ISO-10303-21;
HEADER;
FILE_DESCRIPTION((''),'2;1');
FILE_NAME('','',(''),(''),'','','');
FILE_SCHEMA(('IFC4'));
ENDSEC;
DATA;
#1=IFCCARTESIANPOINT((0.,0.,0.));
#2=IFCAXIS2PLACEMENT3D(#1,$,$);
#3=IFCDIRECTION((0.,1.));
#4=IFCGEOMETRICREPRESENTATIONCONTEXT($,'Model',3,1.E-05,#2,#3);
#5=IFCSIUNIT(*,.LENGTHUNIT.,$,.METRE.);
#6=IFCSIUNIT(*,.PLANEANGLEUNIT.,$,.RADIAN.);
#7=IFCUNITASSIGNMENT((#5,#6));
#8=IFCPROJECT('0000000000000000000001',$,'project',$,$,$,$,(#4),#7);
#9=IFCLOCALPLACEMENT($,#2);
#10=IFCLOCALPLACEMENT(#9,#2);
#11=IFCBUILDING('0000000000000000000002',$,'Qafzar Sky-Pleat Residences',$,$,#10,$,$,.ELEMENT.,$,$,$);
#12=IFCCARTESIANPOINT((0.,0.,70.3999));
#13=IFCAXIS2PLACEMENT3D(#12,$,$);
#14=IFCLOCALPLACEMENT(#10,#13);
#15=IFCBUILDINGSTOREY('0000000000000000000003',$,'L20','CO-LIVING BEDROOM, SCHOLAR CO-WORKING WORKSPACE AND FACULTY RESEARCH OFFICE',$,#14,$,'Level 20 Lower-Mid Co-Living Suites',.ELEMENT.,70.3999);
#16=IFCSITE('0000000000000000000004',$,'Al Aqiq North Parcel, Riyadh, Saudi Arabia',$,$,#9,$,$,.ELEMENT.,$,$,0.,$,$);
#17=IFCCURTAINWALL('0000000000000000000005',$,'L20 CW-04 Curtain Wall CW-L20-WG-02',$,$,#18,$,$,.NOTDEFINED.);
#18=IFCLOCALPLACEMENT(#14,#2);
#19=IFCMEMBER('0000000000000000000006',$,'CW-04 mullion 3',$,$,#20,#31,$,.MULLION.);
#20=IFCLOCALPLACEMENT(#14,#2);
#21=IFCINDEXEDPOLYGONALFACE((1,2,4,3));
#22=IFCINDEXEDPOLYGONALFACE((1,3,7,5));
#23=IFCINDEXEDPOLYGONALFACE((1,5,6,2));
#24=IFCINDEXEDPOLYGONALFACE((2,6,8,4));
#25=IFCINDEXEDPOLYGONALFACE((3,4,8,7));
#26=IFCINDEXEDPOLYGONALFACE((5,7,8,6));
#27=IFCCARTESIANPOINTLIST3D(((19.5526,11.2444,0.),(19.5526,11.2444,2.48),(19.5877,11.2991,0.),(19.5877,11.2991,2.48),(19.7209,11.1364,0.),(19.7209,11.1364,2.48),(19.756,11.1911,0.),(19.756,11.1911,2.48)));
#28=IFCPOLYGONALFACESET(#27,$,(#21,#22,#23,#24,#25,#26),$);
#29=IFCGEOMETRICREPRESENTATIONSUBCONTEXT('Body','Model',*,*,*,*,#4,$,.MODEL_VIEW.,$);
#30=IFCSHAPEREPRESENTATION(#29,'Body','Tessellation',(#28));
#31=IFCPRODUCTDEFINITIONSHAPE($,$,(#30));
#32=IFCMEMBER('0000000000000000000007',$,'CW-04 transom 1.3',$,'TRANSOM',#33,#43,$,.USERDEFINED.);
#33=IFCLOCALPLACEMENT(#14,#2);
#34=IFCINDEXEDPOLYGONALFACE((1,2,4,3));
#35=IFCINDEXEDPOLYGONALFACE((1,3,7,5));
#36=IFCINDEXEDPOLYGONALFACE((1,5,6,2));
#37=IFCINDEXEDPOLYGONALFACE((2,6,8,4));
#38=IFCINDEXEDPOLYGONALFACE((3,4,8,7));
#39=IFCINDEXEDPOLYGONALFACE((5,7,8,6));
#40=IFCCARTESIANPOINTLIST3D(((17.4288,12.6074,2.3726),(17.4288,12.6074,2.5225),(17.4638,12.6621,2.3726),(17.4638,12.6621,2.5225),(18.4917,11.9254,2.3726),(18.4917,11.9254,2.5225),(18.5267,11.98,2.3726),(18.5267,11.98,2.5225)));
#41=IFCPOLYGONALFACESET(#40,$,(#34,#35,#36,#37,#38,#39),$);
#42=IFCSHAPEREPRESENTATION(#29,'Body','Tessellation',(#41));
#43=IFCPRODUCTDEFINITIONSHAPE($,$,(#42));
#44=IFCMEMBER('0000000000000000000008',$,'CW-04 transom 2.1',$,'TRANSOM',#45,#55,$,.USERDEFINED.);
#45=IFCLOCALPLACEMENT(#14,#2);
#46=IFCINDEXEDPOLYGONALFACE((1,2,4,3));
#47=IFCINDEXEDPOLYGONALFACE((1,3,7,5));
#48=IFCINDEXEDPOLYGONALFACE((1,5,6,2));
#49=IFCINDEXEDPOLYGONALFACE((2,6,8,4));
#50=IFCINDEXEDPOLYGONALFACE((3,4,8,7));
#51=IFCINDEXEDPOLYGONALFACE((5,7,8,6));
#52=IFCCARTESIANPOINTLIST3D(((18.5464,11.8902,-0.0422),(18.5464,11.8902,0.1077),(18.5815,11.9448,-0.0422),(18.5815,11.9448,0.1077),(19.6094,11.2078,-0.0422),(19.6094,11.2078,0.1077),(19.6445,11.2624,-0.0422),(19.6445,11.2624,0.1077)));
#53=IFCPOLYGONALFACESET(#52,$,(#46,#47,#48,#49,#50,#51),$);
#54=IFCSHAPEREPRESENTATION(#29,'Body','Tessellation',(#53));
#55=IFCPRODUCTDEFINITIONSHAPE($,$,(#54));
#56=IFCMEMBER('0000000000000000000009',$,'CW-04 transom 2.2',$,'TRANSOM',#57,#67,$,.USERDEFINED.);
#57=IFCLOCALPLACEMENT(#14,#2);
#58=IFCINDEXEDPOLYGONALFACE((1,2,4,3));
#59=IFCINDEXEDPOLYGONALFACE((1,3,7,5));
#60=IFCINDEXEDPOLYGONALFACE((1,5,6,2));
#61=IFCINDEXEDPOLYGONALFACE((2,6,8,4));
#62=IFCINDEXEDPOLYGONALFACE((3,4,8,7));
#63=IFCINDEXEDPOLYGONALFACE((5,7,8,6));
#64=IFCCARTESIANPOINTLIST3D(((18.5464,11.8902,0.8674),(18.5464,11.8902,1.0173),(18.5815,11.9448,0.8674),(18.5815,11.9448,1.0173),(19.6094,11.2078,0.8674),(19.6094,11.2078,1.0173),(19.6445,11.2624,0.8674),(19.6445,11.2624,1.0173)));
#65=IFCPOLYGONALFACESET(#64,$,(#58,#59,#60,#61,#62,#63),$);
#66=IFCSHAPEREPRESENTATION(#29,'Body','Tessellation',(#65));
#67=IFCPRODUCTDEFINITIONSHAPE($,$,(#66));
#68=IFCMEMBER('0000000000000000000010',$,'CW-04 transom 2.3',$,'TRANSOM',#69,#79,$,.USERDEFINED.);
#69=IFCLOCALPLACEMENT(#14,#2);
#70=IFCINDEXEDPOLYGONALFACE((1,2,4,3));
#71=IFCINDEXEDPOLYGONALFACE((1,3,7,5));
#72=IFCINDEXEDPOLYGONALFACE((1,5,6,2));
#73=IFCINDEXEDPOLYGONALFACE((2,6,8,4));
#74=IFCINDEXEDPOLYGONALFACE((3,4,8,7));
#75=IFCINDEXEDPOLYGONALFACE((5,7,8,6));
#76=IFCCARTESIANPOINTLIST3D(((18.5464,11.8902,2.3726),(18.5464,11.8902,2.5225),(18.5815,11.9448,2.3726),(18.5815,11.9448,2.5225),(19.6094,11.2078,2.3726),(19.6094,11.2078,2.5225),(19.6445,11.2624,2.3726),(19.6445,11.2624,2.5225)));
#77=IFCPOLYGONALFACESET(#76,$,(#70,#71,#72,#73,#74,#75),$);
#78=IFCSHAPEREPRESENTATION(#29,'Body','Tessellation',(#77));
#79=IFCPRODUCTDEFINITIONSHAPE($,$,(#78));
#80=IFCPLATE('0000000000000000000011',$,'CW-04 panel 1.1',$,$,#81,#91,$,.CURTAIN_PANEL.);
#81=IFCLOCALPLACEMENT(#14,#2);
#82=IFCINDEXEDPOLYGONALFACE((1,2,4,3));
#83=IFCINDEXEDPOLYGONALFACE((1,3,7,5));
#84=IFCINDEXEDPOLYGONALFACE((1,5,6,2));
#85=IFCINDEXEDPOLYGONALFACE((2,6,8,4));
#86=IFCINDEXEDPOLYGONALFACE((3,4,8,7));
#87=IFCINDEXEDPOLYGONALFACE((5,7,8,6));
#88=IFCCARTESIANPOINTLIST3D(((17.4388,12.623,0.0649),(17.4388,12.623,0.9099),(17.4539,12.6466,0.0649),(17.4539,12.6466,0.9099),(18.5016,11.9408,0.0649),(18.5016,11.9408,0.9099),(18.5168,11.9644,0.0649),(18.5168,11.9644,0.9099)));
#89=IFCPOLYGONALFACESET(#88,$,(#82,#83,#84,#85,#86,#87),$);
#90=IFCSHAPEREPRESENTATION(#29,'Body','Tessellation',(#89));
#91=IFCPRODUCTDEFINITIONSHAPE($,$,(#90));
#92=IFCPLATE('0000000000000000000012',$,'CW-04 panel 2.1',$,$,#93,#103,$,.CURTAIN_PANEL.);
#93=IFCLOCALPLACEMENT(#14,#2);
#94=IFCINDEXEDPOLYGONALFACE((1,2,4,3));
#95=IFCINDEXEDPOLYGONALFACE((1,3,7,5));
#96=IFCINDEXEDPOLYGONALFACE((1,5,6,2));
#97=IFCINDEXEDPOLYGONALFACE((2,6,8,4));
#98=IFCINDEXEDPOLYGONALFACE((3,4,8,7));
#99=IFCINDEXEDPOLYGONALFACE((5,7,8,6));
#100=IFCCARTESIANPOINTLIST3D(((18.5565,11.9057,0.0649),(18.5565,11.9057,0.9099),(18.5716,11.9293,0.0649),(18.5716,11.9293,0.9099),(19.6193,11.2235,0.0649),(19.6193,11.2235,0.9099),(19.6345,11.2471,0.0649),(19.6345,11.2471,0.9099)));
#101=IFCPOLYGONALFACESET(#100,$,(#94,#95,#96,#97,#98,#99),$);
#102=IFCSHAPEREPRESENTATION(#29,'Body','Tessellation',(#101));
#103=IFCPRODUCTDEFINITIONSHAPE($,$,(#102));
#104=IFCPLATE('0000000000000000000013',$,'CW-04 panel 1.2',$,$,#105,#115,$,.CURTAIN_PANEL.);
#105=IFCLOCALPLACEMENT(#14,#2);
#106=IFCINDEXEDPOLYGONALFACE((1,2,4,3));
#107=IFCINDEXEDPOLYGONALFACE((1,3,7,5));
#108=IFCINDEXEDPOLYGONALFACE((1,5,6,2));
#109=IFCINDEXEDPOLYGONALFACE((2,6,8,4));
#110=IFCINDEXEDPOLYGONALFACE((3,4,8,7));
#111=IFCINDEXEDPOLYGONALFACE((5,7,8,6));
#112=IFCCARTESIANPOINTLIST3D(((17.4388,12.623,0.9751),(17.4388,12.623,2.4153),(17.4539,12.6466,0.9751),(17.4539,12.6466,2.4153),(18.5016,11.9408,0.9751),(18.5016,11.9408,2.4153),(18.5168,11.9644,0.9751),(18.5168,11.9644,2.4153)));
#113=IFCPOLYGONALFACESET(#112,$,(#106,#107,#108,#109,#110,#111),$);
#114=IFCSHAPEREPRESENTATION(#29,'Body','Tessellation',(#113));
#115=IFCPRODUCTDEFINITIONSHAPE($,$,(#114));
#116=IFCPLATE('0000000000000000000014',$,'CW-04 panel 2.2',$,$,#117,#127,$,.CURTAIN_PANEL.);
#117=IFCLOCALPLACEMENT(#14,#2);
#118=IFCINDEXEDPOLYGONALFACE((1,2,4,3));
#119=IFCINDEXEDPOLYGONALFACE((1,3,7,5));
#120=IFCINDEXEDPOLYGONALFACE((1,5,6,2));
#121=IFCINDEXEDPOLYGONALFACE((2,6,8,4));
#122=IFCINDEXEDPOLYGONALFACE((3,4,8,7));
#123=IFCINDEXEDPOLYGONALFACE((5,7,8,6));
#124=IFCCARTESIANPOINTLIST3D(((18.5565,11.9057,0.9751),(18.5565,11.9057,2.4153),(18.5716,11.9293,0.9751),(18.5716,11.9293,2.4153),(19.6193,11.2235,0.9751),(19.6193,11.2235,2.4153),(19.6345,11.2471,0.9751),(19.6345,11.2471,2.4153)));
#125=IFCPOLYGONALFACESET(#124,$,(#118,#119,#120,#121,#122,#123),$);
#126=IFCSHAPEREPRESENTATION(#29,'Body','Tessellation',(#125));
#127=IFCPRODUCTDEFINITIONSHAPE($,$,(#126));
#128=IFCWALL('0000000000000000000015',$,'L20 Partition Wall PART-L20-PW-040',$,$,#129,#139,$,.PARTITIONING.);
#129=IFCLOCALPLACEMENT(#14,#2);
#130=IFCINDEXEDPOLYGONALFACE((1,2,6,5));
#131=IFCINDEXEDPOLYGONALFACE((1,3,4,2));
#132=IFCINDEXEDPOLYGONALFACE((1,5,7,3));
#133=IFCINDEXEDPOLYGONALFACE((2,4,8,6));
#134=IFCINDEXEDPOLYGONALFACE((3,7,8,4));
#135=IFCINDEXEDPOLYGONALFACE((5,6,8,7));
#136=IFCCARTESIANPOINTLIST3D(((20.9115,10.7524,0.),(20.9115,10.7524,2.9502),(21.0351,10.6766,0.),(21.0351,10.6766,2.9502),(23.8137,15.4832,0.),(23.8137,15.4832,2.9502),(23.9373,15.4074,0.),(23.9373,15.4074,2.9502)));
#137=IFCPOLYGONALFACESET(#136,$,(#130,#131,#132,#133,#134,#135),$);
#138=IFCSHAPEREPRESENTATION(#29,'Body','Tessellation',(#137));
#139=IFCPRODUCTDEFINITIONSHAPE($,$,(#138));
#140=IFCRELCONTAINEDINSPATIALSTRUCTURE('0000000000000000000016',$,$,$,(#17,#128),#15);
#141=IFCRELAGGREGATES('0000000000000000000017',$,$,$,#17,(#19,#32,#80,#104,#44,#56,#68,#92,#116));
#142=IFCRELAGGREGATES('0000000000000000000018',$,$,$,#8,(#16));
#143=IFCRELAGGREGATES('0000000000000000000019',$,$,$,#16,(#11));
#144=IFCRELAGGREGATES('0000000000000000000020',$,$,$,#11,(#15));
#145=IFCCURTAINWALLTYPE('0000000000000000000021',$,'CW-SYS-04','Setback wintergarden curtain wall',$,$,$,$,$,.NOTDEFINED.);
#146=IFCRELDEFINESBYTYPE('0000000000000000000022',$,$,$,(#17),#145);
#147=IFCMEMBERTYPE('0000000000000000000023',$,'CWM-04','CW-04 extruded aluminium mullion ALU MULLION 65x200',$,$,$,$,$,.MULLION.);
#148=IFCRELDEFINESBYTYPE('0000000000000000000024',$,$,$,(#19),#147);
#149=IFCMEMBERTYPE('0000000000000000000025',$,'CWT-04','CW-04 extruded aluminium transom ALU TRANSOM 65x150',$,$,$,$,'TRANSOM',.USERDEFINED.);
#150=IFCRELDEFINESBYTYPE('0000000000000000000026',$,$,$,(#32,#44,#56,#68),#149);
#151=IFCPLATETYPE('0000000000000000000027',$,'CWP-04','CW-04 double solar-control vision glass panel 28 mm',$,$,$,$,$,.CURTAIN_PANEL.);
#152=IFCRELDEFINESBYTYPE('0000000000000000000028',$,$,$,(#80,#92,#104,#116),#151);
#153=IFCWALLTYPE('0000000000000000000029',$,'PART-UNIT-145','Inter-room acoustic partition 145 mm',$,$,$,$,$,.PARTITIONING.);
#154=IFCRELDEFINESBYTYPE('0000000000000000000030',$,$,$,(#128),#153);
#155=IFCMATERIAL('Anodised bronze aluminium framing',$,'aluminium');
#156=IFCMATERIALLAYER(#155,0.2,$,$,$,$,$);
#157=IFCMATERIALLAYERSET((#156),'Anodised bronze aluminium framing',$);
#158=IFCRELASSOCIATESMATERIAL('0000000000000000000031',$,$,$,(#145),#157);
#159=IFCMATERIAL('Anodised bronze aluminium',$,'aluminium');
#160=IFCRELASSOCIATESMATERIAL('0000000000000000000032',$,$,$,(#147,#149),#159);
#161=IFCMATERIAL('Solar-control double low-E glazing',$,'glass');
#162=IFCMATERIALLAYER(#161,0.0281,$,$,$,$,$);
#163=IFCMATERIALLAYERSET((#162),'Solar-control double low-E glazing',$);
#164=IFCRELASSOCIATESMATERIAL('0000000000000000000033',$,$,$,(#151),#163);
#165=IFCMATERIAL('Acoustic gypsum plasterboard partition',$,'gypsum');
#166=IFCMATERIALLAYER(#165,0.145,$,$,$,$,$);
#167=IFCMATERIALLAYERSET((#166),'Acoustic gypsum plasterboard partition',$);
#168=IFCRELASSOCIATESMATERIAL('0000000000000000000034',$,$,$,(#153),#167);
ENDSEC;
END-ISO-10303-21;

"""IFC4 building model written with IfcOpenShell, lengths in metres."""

from ifc_helpers import new_model, si_unit, direction, frame, frame_2d, origin, origin_2d, place, context, subcontext, project, spatial, rectangle, extrude, source, transform, mapped, material, layer, layer_set, material_profile, profile_set, type_object, element, aggregate, save


model = new_model("IFC4")

# Units and contexts
model_context = context("Model", 3, precision=1e-05, world=origin(), true_north=direction((0.0, 1.0)))
body_context = subcontext(model_context, "Body", "Model", "MODEL_VIEW")
ifc_project = project(units=[si_unit("LENGTHUNIT", "METRE"), si_unit("PLANEANGLEUNIT", "RADIAN")], contexts=[model_context])

# Site, building, storey
site_placement = place(None, origin())
site = spatial("IfcSite", under=ifc_project, at=site_placement, Name="Al Aqiq North Parcel, Riyadh, Saudi Arabia", CompositionType="ELEMENT", RefElevation=0.0)
building_placement = place(site_placement, origin())
building = spatial("IfcBuilding", under=site, at=building_placement, Name="Qafzar Sky-Pleat Residences", CompositionType="ELEMENT")
storey_placement = place(building_placement, frame((0.0, 0.0, 70.3999)))
storey = spatial("IfcBuildingStorey", under=building, at=storey_placement, Name="L20", Description="CO-LIVING BEDROOM, SCHOLAR CO-WORKING WORKSPACE AND FACULTY RESEARCH OFFICE", LongName="Level 20 Lower-Mid Co-Living Suites", CompositionType="ELEMENT", Elevation=70.3999)

# Curtain wall, members, plates
ifc_material_1 = material(Name="Anodised bronze aluminium framing", Category="aluminium")
ifc_layer_1 = layer(ifc_material_1, 0.2)
ifc_layer_set_1 = layer_set([ifc_layer_1], Name="Anodised bronze aluminium framing")
curtain_wall_type = type_object("IfcCurtainWallType", Name="CW-SYS-04", Description="Setback wintergarden curtain wall", PredefinedType="NOTDEFINED", material=ifc_layer_set_1)
curtain_wall_placement = place(storey_placement, origin())
curtain_wall = element("IfcCurtainWall", 1, at=curtain_wall_placement, inside=storey, type_object=curtain_wall_type, Name="L20 CW-04 Curtain Wall CW-L20-WG-02", PredefinedType="NOTDEFINED")
ifc_material_2 = material(Name="Anodised bronze aluminium", Category="aluminium")
ifc_material_profile_1 = material_profile(ifc_material_2, rectangle(XDim=0.0649, YDim=0.2, at=origin_2d()), Name="ALU MULLION 65x200")
ifc_profile_set_1 = profile_set([ifc_material_profile_1], Name="Anodised bronze aluminium")
member_type_1 = type_object("IfcMemberType", Name="CWM-04", Description="CW-04 extruded aluminium mullion ALU MULLION 65x200", PredefinedType="MULLION", material=ifc_profile_set_1)
shared_shape_1 = source(origin(), body_context, "Body", "SweptSolid", [
    extrude(rectangle(XDim=0.0649, YDim=0.2, at=origin_2d()), origin(), (0.0, 0.0, 1.0), 2.48),
])
member_1_placement = place(storey_placement, frame((19.6543, 11.2178, 0.0), z_axis=(0.0, 0.0, 1.0), x_axis=(0.540148, 0.84157, 0.0)))
member_1 = element("IfcMember", 2, at=member_1_placement, type_object=member_type_1, Name="CW-04 mullion 3", PredefinedType="MULLION", context=body_context, shape_type="MappedRepresentation", body=[
    mapped(shared_shape_1, transform((0.0, 0.0, 0.0), x_axis=(1.0, 0.0, 0.0), y_axis=(0.0, 1.0, 0.0), z_axis=(0.0, 0.0, 1.0), scale=1.0)),
])
ifc_material_profile_2 = material_profile(ifc_material_2, rectangle(XDim=0.0649, YDim=0.1499, at=origin_2d()), Name="ALU TRANSOM 65x150")
ifc_profile_set_2 = profile_set([ifc_material_profile_2], Name="Anodised bronze aluminium")
member_type_2 = type_object("IfcMemberType", Name="CWT-04", Description="CW-04 extruded aluminium transom ALU TRANSOM 65x150", ElementType="TRANSOM", PredefinedType="USERDEFINED", material=ifc_profile_set_2)
shared_shape_2 = source(origin(), body_context, "Body", "SweptSolid", [
    extrude(rectangle(XDim=0.0649, YDim=0.1499, at=origin_2d()), origin(), (0.0, 0.0, 1.0), 1.2629),
])
member_2_placement = place(storey_placement, frame((17.4463, 12.6348, 2.4475), z_axis=(0.841618, -0.540074, 0.0), x_axis=(0.540074, 0.841618, 0.0)))
member_2 = element("IfcMember", 3, at=member_2_placement, type_object=member_type_2, Name="CW-04 transom 1.3", ObjectType="TRANSOM", PredefinedType="USERDEFINED", context=body_context, shape_type="MappedRepresentation", body=[
    mapped(shared_shape_2, transform((0.0, 0.0, 0.0), x_axis=(1.0, 0.0, 0.0), y_axis=(0.0, 1.0, 0.0), z_axis=(0.0, 0.0, 1.0), scale=1.0)),
])
shared_shape_3 = source(origin(), body_context, "Body", "SweptSolid", [
    extrude(rectangle(XDim=0.0649, YDim=0.1499, at=origin_2d()), origin(), (0.0, 0.0, 1.0), 1.2632),
])
member_3_placement = place(storey_placement, frame((18.564, 11.9175, 0.0327), z_axis=(0.84153, -0.54021, 0.0), x_axis=(0.54021, 0.84153, 0.0)))
member_3 = element("IfcMember", 4, at=member_3_placement, type_object=member_type_2, Name="CW-04 transom 2.1", ObjectType="TRANSOM", PredefinedType="USERDEFINED", context=body_context, shape_type="MappedRepresentation", body=[
    mapped(shared_shape_3, transform((0.0, 0.0, 0.0), x_axis=(1.0, 0.0, 0.0), y_axis=(0.0, 1.0, 0.0), z_axis=(0.0, 0.0, 1.0), scale=1.0)),
])
member_4_placement = place(storey_placement, frame((18.564, 11.9175, 0.9424), z_axis=(0.84153, -0.54021, 0.0), x_axis=(0.54021, 0.84153, 0.0)))
member_4 = element("IfcMember", 5, at=member_4_placement, type_object=member_type_2, Name="CW-04 transom 2.2", ObjectType="TRANSOM", PredefinedType="USERDEFINED", context=body_context, shape_type="MappedRepresentation", body=[
    mapped(shared_shape_3, transform((0.0, 0.0, 0.0), x_axis=(1.0, 0.0, 0.0), y_axis=(0.0, 1.0, 0.0), z_axis=(0.0, 0.0, 1.0), scale=1.0)),
])
member_5_placement = place(storey_placement, frame((18.564, 11.9175, 2.4475), z_axis=(0.84153, -0.54021, 0.0), x_axis=(0.54021, 0.84153, 0.0)))
member_5 = element("IfcMember", 6, at=member_5_placement, type_object=member_type_2, Name="CW-04 transom 2.3", ObjectType="TRANSOM", PredefinedType="USERDEFINED", context=body_context, shape_type="MappedRepresentation", body=[
    mapped(shared_shape_3, transform((0.0, 0.0, 0.0), x_axis=(1.0, 0.0, 0.0), y_axis=(0.0, 1.0, 0.0), z_axis=(0.0, 0.0, 1.0), scale=1.0)),
])
ifc_material_3 = material(Name="Solar-control double low-E glazing", Category="glass")
ifc_layer_2 = layer(ifc_material_3, 0.0281)
ifc_layer_set_2 = layer_set([ifc_layer_2], Name="Solar-control double low-E glazing")
plate_type = type_object("IfcPlateType", Name="CWP-04", Description="CW-04 double solar-control vision glass panel 28 mm", PredefinedType="CURTAIN_PANEL", material=ifc_layer_set_2)
shared_shape_4 = source(origin(), body_context, "Body", "SweptSolid", [
    extrude(rectangle(XDim=1.2629, YDim=0.0281, at=origin_2d()), origin(), (0.0, 0.0, 1.0), 0.845),
])
plate_1_placement = place(storey_placement, frame((17.9778, 12.2937, 0.0649), z_axis=(0.0, 0.0, 1.0), x_axis=(0.84157, -0.540148, 0.0)))
plate_1 = element("IfcPlate", 7, at=plate_1_placement, type_object=plate_type, Name="CW-04 panel 1.1", PredefinedType="CURTAIN_PANEL", context=body_context, shape_type="MappedRepresentation", body=[
    mapped(shared_shape_4, transform((0.0, 0.0, 0.0), x_axis=(1.0, 0.0, 0.0), y_axis=(0.0, 1.0, 0.0), z_axis=(0.0, 0.0, 1.0), scale=1.0)),
])
plate_2_placement = place(storey_placement, frame((19.0955, 11.5764, 0.0649), z_axis=(0.0, 0.0, 1.0), x_axis=(0.84157, -0.540148, 0.0)))
plate_2 = element("IfcPlate", 8, at=plate_2_placement, type_object=plate_type, Name="CW-04 panel 2.1", PredefinedType="CURTAIN_PANEL", context=body_context, shape_type="MappedRepresentation", body=[
    mapped(shared_shape_4, transform((0.0, 0.0, 0.0), x_axis=(1.0, 0.0, 0.0), y_axis=(0.0, 1.0, 0.0), z_axis=(0.0, 0.0, 1.0), scale=1.0)),
])
shared_shape_5 = source(origin(), body_context, "Body", "SweptSolid", [
    extrude(rectangle(XDim=1.2629, YDim=0.0281, at=origin_2d()), origin(), (0.0, 0.0, 1.0), 1.4402),
])
plate_3_placement = place(storey_placement, frame((17.9778, 12.2937, 0.9751), z_axis=(0.0, 0.0, 1.0), x_axis=(0.84157, -0.540148, 0.0)))
plate_3 = element("IfcPlate", 9, at=plate_3_placement, type_object=plate_type, Name="CW-04 panel 1.2", PredefinedType="CURTAIN_PANEL", context=body_context, shape_type="MappedRepresentation", body=[
    mapped(shared_shape_5, transform((0.0, 0.0, 0.0), x_axis=(1.0, 0.0, 0.0), y_axis=(0.0, 1.0, 0.0), z_axis=(0.0, 0.0, 1.0), scale=1.0)),
])
plate_4_placement = place(storey_placement, frame((19.0955, 11.5764, 0.9751), z_axis=(0.0, 0.0, 1.0), x_axis=(0.84157, -0.540148, 0.0)))
plate_4 = element("IfcPlate", 10, at=plate_4_placement, type_object=plate_type, Name="CW-04 panel 2.2", PredefinedType="CURTAIN_PANEL", context=body_context, shape_type="MappedRepresentation", body=[
    mapped(shared_shape_5, transform((0.0, 0.0, 0.0), x_axis=(1.0, 0.0, 0.0), y_axis=(0.0, 1.0, 0.0), z_axis=(0.0, 0.0, 1.0), scale=1.0)),
])
aggregate(curtain_wall, [member_1, member_2, plate_1, plate_3, member_3, member_4, member_5, plate_2, plate_4])

# Wall
ifc_material_4 = material(Name="Acoustic gypsum plasterboard partition", Category="gypsum")
ifc_layer_3 = layer(ifc_material_4, 0.145)
ifc_layer_set_3 = layer_set([ifc_layer_3], Name="Acoustic gypsum plasterboard partition")
wall_type_1 = type_object("IfcWallType", Name="PART-UNIT-145", Description="Inter-room acoustic partition 145 mm", PredefinedType="PARTITIONING", material=ifc_layer_set_3)
wall_1_placement = place(storey_placement, frame((20.9734, 10.7146, 0.0), z_axis=(0.0, 0.0, 1.0), x_axis=(0.522907, 0.85239, 0.0)))
element("IfcWall", 11, at=wall_1_placement, inside=storey, type_object=wall_type_1, Name="L20 Partition Wall PART-L20-PW-040", PredefinedType="PARTITIONING", context=body_context, shape_type="SweptSolid", body=[
    extrude(rectangle(XDim=5.55, YDim=0.145, at=frame_2d((2.7749, 0.0))), origin(), (0.0, 0.0, 1.0), 2.9502),
])

save(model, "model.ifc")
